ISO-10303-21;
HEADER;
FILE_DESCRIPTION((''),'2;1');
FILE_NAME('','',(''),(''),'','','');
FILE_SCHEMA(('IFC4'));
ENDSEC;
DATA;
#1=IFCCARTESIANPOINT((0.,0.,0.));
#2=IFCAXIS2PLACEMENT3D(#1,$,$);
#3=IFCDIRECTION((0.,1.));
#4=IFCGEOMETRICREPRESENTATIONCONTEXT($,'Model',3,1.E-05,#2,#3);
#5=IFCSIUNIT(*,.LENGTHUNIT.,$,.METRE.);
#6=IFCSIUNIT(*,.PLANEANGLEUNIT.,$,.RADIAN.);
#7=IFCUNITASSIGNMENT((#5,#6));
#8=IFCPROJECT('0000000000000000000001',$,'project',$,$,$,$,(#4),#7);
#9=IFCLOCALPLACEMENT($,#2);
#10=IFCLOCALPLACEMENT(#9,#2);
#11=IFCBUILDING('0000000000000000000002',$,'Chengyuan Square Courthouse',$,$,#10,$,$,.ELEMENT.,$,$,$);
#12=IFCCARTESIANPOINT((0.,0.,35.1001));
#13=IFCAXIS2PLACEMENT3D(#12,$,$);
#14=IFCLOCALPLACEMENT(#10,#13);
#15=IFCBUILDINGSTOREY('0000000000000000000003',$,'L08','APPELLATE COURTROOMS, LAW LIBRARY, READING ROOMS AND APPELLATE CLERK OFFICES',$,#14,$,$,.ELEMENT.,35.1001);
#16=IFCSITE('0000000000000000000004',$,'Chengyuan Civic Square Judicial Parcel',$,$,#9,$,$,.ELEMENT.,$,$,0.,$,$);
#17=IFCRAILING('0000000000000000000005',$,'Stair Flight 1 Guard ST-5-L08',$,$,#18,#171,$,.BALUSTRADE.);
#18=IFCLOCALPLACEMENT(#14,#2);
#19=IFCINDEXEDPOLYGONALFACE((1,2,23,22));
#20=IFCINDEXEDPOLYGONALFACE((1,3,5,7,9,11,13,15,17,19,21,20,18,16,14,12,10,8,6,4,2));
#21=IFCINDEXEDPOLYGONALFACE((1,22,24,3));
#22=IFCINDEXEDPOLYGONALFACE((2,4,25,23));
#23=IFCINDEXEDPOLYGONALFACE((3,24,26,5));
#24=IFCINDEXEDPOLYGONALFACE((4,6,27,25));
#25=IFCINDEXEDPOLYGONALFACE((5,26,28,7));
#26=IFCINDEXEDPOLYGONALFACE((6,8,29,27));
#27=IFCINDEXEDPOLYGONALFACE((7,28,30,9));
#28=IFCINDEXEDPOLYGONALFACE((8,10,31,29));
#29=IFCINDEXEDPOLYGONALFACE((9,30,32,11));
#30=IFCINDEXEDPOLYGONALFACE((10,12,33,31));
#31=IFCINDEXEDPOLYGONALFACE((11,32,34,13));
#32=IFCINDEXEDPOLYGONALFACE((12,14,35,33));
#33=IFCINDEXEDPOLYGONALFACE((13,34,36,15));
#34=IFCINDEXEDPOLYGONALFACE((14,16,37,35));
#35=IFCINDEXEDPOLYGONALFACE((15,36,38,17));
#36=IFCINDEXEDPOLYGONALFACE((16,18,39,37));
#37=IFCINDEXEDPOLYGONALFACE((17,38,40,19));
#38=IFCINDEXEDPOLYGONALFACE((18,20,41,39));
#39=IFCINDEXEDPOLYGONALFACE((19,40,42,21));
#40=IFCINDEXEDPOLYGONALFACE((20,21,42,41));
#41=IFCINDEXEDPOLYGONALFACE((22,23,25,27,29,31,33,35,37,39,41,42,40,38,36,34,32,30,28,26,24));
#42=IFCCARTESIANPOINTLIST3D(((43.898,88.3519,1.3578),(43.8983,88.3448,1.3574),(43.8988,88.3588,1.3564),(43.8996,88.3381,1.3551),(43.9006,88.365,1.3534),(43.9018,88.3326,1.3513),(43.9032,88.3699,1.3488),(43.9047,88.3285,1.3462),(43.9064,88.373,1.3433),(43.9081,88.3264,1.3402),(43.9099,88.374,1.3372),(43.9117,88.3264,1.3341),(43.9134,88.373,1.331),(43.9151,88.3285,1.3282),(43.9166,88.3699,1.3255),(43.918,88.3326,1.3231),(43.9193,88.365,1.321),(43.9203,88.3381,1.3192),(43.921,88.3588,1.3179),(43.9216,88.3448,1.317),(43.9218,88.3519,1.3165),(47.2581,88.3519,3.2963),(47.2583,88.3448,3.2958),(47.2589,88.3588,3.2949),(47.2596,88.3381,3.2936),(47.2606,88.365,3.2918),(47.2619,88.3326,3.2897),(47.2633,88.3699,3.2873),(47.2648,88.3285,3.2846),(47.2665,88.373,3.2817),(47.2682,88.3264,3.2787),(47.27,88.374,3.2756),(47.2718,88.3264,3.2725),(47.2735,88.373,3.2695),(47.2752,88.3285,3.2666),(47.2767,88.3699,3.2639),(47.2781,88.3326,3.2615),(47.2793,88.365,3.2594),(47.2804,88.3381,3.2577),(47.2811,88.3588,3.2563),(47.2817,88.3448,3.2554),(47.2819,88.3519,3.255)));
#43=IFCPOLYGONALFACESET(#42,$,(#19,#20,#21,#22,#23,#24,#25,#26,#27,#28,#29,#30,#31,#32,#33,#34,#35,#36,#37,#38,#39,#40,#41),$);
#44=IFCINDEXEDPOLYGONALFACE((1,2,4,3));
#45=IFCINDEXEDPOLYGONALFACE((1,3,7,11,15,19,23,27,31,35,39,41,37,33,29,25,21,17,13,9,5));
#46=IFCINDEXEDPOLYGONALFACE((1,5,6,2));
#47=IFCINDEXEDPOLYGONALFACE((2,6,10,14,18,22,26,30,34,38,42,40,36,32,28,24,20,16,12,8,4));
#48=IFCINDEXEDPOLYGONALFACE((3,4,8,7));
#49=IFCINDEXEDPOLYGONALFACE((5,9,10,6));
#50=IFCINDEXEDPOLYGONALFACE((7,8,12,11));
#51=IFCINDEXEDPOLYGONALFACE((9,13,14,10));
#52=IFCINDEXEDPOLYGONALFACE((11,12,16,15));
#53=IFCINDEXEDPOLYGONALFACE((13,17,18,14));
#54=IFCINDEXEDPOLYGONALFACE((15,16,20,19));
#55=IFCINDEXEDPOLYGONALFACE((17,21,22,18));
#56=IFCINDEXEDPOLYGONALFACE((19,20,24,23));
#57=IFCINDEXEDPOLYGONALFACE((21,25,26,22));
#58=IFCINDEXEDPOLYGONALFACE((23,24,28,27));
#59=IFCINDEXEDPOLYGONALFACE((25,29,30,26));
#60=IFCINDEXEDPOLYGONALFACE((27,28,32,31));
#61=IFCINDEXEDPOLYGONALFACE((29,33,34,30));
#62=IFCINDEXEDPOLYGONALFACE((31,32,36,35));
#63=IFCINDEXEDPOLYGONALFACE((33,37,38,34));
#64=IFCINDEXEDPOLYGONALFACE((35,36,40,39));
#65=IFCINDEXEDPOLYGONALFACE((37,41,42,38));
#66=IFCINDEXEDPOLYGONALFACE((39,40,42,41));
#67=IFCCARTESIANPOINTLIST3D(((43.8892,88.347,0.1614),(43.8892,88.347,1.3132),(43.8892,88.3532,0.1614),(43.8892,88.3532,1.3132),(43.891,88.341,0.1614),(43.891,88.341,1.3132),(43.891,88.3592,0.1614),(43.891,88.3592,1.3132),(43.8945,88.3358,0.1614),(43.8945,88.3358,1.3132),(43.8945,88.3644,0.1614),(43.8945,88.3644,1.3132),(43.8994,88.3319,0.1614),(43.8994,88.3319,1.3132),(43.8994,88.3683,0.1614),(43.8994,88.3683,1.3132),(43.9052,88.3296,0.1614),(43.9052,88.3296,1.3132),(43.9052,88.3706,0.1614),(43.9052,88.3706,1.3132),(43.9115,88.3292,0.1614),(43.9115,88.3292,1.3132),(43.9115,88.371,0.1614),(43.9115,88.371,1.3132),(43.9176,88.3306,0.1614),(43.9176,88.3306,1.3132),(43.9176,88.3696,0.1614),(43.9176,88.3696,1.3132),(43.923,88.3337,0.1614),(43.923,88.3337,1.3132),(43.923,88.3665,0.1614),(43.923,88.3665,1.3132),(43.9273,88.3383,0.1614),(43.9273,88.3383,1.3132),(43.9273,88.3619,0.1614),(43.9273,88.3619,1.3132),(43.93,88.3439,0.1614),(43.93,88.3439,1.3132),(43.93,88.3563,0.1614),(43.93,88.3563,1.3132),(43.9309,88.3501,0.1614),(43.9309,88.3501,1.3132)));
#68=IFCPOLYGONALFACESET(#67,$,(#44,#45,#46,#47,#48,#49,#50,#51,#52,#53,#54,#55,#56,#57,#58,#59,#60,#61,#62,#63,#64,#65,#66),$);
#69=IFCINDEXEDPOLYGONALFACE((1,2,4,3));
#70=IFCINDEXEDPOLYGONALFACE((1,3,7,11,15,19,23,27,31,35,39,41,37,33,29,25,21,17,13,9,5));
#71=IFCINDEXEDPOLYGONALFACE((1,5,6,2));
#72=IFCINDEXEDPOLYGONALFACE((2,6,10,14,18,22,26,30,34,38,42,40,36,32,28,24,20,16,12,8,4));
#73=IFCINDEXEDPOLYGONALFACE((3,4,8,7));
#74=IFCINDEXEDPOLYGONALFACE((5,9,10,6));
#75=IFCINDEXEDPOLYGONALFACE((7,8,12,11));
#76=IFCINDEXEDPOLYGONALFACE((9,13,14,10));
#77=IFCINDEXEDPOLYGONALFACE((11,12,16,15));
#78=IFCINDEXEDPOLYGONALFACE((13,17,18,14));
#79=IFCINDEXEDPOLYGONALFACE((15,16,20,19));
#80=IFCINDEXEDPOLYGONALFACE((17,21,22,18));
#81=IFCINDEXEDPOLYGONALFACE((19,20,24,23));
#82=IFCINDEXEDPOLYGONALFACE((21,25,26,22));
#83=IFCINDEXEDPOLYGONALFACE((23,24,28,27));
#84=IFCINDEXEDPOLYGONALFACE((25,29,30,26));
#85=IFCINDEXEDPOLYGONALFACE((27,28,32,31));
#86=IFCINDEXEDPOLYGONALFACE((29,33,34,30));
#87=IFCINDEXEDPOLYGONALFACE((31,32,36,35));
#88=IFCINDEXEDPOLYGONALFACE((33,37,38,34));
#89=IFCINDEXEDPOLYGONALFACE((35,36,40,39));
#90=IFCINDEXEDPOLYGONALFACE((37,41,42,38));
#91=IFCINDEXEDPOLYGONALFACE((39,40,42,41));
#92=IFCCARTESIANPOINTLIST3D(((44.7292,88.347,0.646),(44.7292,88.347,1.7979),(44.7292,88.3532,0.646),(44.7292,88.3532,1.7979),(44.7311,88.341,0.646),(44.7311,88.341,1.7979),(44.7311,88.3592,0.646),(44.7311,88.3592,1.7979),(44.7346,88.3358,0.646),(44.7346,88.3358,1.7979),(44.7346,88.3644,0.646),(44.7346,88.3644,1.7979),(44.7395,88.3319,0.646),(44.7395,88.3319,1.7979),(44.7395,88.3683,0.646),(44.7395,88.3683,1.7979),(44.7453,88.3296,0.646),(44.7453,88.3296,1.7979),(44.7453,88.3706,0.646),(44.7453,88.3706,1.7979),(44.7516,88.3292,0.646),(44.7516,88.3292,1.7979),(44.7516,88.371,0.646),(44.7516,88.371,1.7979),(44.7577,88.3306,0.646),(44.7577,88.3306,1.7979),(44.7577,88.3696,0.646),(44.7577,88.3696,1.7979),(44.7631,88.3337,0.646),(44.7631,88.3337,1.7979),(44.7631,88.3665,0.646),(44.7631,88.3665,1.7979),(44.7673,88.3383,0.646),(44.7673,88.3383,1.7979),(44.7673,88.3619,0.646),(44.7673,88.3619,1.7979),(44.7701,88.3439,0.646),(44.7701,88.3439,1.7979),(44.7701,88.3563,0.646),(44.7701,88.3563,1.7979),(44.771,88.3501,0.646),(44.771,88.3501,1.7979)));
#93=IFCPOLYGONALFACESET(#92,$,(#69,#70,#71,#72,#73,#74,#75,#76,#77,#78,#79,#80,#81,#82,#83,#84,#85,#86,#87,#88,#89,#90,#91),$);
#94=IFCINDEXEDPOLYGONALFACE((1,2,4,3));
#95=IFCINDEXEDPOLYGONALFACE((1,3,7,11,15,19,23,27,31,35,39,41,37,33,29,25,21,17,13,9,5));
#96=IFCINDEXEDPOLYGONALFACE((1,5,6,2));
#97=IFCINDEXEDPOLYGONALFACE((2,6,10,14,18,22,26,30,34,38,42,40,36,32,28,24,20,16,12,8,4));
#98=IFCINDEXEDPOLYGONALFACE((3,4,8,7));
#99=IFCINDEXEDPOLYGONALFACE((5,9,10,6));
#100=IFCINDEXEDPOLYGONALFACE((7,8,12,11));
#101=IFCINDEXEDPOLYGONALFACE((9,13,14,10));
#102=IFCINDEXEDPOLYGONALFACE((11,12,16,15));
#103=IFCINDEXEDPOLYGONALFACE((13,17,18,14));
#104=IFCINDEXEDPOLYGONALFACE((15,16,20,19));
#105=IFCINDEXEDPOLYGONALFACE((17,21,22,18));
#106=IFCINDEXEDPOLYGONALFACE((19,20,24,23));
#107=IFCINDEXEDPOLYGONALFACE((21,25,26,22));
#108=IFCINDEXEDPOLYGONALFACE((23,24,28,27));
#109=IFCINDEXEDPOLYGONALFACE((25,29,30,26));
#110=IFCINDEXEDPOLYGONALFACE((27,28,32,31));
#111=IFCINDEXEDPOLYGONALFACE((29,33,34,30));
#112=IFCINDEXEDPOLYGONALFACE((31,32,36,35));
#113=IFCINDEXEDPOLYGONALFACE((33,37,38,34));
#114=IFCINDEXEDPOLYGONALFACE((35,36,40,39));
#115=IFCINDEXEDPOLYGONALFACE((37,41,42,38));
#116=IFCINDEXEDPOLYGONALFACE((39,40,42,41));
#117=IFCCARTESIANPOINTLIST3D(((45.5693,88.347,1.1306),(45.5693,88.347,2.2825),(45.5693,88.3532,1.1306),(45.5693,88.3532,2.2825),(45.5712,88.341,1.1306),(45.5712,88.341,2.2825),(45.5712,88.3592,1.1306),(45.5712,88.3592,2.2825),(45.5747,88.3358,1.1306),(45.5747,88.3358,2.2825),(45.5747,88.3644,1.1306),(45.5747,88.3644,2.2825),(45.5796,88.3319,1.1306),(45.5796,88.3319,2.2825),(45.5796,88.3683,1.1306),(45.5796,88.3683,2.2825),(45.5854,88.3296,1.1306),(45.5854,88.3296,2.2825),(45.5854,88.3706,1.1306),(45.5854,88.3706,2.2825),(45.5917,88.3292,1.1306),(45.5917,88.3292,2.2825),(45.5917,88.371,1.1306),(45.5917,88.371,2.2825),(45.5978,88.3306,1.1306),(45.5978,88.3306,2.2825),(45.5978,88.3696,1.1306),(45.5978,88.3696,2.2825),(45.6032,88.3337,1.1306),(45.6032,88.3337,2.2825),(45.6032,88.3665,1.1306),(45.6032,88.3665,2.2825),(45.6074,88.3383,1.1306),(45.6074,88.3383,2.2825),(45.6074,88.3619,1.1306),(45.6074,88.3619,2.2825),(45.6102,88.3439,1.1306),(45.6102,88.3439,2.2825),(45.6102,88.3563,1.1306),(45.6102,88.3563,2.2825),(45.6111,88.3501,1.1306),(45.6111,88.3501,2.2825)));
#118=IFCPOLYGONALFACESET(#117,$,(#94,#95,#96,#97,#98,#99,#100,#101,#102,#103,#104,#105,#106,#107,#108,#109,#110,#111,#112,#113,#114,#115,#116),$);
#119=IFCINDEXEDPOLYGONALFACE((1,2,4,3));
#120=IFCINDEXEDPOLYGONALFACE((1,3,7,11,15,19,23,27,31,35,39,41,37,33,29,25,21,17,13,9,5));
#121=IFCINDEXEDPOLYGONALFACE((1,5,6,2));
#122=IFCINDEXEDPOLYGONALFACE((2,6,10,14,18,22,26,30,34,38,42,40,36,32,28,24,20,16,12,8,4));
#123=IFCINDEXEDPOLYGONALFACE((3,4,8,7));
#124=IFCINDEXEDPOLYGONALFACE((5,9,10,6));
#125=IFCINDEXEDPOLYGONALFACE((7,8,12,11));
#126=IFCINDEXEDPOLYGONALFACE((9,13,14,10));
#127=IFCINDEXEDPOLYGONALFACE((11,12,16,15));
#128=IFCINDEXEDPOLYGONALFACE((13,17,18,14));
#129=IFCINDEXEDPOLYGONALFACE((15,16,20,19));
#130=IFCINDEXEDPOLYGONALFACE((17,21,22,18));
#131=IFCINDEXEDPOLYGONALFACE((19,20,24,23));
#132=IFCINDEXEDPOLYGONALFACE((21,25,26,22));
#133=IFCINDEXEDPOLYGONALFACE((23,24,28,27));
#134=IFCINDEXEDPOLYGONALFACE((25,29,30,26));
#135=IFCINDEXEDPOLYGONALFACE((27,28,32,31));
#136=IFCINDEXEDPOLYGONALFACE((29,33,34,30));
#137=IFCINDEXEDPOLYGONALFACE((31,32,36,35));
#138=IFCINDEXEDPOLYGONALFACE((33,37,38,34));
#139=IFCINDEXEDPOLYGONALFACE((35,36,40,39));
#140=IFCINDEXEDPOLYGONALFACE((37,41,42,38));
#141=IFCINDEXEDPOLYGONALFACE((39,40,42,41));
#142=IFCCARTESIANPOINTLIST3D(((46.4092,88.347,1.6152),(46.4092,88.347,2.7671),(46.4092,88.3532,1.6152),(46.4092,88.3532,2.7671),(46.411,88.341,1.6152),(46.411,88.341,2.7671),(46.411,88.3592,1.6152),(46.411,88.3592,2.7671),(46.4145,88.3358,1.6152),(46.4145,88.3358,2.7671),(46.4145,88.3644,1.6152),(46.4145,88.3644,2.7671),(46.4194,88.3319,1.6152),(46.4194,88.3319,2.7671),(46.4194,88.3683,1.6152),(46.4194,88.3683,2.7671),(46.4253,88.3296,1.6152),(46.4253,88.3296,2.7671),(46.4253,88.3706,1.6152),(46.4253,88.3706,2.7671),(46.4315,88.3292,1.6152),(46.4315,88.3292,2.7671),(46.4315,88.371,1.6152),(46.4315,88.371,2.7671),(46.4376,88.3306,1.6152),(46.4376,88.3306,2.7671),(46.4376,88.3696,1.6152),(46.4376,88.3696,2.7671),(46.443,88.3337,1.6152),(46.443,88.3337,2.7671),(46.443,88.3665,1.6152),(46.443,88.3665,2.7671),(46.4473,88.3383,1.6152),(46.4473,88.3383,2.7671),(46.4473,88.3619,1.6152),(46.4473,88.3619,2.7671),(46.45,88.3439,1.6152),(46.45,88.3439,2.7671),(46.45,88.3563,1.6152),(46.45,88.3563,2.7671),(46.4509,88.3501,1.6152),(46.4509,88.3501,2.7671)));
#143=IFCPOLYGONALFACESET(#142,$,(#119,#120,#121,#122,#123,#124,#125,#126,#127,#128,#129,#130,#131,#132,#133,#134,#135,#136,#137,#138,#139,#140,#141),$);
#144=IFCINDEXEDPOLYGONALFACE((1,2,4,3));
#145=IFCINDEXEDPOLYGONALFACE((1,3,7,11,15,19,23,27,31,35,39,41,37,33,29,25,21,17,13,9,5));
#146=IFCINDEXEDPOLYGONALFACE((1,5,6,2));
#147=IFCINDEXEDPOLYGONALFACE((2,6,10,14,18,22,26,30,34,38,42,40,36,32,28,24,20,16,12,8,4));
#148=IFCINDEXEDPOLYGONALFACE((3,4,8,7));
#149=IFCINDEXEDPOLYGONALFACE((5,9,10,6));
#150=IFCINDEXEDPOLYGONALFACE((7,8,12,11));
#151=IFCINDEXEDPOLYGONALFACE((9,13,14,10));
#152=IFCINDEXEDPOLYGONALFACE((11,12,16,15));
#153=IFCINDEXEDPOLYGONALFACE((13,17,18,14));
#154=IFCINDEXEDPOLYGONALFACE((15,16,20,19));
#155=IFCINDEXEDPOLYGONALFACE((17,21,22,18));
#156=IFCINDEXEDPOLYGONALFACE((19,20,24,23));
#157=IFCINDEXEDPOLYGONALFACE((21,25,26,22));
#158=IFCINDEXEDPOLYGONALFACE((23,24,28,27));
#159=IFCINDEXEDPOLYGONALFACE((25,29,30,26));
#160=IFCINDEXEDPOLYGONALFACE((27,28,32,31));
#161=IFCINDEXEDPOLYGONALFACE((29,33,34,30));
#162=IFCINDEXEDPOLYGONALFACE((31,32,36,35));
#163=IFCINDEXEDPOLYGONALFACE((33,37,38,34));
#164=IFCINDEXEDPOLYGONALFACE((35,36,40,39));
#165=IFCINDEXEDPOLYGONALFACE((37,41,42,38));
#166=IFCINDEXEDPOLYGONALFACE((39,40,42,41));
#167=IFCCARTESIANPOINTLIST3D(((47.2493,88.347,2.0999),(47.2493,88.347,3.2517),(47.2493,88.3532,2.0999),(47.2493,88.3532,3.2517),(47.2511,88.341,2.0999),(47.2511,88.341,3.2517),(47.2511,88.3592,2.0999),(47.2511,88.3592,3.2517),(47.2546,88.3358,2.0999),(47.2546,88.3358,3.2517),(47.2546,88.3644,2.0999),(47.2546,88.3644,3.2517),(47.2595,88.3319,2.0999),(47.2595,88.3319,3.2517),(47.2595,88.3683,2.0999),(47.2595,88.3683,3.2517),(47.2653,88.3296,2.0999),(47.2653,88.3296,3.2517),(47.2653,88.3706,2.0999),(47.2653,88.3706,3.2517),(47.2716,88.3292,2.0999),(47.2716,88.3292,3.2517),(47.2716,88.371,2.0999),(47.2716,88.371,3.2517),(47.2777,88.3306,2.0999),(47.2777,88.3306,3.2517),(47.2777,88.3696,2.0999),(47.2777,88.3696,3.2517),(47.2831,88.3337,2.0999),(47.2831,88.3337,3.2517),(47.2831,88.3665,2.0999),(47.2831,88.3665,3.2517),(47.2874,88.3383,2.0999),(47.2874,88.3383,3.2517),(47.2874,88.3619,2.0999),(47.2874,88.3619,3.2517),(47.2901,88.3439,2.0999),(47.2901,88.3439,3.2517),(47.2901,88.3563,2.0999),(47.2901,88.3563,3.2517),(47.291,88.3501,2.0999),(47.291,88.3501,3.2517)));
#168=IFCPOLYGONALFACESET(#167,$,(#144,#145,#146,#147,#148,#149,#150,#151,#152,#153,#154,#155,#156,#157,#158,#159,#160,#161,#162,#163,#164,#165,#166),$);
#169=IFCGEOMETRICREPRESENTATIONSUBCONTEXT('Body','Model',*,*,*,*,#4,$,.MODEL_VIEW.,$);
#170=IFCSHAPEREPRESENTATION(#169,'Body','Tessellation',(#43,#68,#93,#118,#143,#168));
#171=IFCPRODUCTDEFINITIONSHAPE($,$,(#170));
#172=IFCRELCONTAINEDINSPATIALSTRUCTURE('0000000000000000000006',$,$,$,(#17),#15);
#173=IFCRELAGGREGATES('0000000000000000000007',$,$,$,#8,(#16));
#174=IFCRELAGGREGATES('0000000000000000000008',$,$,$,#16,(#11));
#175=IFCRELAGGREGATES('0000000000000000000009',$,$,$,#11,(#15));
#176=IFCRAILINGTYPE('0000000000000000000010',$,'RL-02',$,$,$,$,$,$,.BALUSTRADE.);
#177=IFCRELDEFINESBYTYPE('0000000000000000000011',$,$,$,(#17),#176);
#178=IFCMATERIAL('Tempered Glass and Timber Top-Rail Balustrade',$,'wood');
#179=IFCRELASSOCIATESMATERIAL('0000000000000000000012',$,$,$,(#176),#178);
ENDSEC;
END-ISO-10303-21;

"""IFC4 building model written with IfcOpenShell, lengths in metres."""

from ifc_helpers import new_model, si_unit, direction, frame, origin, origin_2d, place, context, subcontext, project, spatial, circle, extrude, material, type_object, element, save


model = new_model("IFC4")

# Units and contexts
model_context = context("Model", 3, precision=1e-05, world=origin(), true_north=direction((0.0, 1.0)))
body_context = subcontext(model_context, "Body", "Model", "MODEL_VIEW")
ifc_project = project(units=[si_unit("LENGTHUNIT", "METRE"), si_unit("PLANEANGLEUNIT", "RADIAN")], contexts=[model_context])

# Site, building, storey
site_placement = place(None, origin())
site = spatial("IfcSite", under=ifc_project, at=site_placement, Name="Chengyuan Civic Square Judicial Parcel", CompositionType="ELEMENT", RefElevation=0.0)
building_placement = place(site_placement, origin())
building = spatial("IfcBuilding", under=site, at=building_placement, Name="Chengyuan Square Courthouse", CompositionType="ELEMENT")
storey_placement = place(building_placement, frame((0.0, 0.0, 35.1001)))
storey = spatial("IfcBuildingStorey", under=building, at=storey_placement, Name="L08", Description="APPELLATE COURTROOMS, LAW LIBRARY, READING ROOMS AND APPELLATE CLERK OFFICES", CompositionType="ELEMENT", Elevation=35.1001)

# Railing
ifc_material_1 = material(Name="Tempered Glass and Timber Top-Rail Balustrade", Category="wood")
railing_type_1 = type_object("IfcRailingType", Name="RL-02", PredefinedType="BALUSTRADE", material=ifc_material_1)
railing_1_placement = place(storey_placement, frame((43.9099, 88.3501, 0.1614)))
element("IfcRailing", 1, at=railing_1_placement, inside=storey, type_object=railing_type_1, Name="Stair Flight 1 Guard ST-5-L08", PredefinedType="BALUSTRADE", context=body_context, shape_type="SweptSolid", body=[
    extrude(circle(Radius=0.0239, at=origin_2d()), frame((0.0, 0.0, 1.1758), z_axis=(0.866191, 0.0, 0.499713), x_axis=(0.0, 1.0, 0.0)), (0.0, 0.0, 1.0), 3.8792),
    extrude(circle(Radius=0.021, at=origin_2d()), origin(), (0.0, 0.0, 1.0), 1.1519),
    extrude(circle(Radius=0.021, at=origin_2d()), frame((0.8401, 0.0, 0.4846)), (0.0, 0.0, 1.0), 1.1519),
    extrude(circle(Radius=0.021, at=origin_2d()), frame((1.6802, 0.0, 0.9692)), (0.0, 0.0, 1.0), 1.1519),
    extrude(circle(Radius=0.021, at=origin_2d()), frame((2.52, 0.0, 1.4539)), (0.0, 0.0, 1.0), 1.1519),
    extrude(circle(Radius=0.021, at=origin_2d()), frame((3.3601, 0.0, 1.9385)), (0.0, 0.0, 1.0), 1.1519),
])

save(model, "model.ifc")
